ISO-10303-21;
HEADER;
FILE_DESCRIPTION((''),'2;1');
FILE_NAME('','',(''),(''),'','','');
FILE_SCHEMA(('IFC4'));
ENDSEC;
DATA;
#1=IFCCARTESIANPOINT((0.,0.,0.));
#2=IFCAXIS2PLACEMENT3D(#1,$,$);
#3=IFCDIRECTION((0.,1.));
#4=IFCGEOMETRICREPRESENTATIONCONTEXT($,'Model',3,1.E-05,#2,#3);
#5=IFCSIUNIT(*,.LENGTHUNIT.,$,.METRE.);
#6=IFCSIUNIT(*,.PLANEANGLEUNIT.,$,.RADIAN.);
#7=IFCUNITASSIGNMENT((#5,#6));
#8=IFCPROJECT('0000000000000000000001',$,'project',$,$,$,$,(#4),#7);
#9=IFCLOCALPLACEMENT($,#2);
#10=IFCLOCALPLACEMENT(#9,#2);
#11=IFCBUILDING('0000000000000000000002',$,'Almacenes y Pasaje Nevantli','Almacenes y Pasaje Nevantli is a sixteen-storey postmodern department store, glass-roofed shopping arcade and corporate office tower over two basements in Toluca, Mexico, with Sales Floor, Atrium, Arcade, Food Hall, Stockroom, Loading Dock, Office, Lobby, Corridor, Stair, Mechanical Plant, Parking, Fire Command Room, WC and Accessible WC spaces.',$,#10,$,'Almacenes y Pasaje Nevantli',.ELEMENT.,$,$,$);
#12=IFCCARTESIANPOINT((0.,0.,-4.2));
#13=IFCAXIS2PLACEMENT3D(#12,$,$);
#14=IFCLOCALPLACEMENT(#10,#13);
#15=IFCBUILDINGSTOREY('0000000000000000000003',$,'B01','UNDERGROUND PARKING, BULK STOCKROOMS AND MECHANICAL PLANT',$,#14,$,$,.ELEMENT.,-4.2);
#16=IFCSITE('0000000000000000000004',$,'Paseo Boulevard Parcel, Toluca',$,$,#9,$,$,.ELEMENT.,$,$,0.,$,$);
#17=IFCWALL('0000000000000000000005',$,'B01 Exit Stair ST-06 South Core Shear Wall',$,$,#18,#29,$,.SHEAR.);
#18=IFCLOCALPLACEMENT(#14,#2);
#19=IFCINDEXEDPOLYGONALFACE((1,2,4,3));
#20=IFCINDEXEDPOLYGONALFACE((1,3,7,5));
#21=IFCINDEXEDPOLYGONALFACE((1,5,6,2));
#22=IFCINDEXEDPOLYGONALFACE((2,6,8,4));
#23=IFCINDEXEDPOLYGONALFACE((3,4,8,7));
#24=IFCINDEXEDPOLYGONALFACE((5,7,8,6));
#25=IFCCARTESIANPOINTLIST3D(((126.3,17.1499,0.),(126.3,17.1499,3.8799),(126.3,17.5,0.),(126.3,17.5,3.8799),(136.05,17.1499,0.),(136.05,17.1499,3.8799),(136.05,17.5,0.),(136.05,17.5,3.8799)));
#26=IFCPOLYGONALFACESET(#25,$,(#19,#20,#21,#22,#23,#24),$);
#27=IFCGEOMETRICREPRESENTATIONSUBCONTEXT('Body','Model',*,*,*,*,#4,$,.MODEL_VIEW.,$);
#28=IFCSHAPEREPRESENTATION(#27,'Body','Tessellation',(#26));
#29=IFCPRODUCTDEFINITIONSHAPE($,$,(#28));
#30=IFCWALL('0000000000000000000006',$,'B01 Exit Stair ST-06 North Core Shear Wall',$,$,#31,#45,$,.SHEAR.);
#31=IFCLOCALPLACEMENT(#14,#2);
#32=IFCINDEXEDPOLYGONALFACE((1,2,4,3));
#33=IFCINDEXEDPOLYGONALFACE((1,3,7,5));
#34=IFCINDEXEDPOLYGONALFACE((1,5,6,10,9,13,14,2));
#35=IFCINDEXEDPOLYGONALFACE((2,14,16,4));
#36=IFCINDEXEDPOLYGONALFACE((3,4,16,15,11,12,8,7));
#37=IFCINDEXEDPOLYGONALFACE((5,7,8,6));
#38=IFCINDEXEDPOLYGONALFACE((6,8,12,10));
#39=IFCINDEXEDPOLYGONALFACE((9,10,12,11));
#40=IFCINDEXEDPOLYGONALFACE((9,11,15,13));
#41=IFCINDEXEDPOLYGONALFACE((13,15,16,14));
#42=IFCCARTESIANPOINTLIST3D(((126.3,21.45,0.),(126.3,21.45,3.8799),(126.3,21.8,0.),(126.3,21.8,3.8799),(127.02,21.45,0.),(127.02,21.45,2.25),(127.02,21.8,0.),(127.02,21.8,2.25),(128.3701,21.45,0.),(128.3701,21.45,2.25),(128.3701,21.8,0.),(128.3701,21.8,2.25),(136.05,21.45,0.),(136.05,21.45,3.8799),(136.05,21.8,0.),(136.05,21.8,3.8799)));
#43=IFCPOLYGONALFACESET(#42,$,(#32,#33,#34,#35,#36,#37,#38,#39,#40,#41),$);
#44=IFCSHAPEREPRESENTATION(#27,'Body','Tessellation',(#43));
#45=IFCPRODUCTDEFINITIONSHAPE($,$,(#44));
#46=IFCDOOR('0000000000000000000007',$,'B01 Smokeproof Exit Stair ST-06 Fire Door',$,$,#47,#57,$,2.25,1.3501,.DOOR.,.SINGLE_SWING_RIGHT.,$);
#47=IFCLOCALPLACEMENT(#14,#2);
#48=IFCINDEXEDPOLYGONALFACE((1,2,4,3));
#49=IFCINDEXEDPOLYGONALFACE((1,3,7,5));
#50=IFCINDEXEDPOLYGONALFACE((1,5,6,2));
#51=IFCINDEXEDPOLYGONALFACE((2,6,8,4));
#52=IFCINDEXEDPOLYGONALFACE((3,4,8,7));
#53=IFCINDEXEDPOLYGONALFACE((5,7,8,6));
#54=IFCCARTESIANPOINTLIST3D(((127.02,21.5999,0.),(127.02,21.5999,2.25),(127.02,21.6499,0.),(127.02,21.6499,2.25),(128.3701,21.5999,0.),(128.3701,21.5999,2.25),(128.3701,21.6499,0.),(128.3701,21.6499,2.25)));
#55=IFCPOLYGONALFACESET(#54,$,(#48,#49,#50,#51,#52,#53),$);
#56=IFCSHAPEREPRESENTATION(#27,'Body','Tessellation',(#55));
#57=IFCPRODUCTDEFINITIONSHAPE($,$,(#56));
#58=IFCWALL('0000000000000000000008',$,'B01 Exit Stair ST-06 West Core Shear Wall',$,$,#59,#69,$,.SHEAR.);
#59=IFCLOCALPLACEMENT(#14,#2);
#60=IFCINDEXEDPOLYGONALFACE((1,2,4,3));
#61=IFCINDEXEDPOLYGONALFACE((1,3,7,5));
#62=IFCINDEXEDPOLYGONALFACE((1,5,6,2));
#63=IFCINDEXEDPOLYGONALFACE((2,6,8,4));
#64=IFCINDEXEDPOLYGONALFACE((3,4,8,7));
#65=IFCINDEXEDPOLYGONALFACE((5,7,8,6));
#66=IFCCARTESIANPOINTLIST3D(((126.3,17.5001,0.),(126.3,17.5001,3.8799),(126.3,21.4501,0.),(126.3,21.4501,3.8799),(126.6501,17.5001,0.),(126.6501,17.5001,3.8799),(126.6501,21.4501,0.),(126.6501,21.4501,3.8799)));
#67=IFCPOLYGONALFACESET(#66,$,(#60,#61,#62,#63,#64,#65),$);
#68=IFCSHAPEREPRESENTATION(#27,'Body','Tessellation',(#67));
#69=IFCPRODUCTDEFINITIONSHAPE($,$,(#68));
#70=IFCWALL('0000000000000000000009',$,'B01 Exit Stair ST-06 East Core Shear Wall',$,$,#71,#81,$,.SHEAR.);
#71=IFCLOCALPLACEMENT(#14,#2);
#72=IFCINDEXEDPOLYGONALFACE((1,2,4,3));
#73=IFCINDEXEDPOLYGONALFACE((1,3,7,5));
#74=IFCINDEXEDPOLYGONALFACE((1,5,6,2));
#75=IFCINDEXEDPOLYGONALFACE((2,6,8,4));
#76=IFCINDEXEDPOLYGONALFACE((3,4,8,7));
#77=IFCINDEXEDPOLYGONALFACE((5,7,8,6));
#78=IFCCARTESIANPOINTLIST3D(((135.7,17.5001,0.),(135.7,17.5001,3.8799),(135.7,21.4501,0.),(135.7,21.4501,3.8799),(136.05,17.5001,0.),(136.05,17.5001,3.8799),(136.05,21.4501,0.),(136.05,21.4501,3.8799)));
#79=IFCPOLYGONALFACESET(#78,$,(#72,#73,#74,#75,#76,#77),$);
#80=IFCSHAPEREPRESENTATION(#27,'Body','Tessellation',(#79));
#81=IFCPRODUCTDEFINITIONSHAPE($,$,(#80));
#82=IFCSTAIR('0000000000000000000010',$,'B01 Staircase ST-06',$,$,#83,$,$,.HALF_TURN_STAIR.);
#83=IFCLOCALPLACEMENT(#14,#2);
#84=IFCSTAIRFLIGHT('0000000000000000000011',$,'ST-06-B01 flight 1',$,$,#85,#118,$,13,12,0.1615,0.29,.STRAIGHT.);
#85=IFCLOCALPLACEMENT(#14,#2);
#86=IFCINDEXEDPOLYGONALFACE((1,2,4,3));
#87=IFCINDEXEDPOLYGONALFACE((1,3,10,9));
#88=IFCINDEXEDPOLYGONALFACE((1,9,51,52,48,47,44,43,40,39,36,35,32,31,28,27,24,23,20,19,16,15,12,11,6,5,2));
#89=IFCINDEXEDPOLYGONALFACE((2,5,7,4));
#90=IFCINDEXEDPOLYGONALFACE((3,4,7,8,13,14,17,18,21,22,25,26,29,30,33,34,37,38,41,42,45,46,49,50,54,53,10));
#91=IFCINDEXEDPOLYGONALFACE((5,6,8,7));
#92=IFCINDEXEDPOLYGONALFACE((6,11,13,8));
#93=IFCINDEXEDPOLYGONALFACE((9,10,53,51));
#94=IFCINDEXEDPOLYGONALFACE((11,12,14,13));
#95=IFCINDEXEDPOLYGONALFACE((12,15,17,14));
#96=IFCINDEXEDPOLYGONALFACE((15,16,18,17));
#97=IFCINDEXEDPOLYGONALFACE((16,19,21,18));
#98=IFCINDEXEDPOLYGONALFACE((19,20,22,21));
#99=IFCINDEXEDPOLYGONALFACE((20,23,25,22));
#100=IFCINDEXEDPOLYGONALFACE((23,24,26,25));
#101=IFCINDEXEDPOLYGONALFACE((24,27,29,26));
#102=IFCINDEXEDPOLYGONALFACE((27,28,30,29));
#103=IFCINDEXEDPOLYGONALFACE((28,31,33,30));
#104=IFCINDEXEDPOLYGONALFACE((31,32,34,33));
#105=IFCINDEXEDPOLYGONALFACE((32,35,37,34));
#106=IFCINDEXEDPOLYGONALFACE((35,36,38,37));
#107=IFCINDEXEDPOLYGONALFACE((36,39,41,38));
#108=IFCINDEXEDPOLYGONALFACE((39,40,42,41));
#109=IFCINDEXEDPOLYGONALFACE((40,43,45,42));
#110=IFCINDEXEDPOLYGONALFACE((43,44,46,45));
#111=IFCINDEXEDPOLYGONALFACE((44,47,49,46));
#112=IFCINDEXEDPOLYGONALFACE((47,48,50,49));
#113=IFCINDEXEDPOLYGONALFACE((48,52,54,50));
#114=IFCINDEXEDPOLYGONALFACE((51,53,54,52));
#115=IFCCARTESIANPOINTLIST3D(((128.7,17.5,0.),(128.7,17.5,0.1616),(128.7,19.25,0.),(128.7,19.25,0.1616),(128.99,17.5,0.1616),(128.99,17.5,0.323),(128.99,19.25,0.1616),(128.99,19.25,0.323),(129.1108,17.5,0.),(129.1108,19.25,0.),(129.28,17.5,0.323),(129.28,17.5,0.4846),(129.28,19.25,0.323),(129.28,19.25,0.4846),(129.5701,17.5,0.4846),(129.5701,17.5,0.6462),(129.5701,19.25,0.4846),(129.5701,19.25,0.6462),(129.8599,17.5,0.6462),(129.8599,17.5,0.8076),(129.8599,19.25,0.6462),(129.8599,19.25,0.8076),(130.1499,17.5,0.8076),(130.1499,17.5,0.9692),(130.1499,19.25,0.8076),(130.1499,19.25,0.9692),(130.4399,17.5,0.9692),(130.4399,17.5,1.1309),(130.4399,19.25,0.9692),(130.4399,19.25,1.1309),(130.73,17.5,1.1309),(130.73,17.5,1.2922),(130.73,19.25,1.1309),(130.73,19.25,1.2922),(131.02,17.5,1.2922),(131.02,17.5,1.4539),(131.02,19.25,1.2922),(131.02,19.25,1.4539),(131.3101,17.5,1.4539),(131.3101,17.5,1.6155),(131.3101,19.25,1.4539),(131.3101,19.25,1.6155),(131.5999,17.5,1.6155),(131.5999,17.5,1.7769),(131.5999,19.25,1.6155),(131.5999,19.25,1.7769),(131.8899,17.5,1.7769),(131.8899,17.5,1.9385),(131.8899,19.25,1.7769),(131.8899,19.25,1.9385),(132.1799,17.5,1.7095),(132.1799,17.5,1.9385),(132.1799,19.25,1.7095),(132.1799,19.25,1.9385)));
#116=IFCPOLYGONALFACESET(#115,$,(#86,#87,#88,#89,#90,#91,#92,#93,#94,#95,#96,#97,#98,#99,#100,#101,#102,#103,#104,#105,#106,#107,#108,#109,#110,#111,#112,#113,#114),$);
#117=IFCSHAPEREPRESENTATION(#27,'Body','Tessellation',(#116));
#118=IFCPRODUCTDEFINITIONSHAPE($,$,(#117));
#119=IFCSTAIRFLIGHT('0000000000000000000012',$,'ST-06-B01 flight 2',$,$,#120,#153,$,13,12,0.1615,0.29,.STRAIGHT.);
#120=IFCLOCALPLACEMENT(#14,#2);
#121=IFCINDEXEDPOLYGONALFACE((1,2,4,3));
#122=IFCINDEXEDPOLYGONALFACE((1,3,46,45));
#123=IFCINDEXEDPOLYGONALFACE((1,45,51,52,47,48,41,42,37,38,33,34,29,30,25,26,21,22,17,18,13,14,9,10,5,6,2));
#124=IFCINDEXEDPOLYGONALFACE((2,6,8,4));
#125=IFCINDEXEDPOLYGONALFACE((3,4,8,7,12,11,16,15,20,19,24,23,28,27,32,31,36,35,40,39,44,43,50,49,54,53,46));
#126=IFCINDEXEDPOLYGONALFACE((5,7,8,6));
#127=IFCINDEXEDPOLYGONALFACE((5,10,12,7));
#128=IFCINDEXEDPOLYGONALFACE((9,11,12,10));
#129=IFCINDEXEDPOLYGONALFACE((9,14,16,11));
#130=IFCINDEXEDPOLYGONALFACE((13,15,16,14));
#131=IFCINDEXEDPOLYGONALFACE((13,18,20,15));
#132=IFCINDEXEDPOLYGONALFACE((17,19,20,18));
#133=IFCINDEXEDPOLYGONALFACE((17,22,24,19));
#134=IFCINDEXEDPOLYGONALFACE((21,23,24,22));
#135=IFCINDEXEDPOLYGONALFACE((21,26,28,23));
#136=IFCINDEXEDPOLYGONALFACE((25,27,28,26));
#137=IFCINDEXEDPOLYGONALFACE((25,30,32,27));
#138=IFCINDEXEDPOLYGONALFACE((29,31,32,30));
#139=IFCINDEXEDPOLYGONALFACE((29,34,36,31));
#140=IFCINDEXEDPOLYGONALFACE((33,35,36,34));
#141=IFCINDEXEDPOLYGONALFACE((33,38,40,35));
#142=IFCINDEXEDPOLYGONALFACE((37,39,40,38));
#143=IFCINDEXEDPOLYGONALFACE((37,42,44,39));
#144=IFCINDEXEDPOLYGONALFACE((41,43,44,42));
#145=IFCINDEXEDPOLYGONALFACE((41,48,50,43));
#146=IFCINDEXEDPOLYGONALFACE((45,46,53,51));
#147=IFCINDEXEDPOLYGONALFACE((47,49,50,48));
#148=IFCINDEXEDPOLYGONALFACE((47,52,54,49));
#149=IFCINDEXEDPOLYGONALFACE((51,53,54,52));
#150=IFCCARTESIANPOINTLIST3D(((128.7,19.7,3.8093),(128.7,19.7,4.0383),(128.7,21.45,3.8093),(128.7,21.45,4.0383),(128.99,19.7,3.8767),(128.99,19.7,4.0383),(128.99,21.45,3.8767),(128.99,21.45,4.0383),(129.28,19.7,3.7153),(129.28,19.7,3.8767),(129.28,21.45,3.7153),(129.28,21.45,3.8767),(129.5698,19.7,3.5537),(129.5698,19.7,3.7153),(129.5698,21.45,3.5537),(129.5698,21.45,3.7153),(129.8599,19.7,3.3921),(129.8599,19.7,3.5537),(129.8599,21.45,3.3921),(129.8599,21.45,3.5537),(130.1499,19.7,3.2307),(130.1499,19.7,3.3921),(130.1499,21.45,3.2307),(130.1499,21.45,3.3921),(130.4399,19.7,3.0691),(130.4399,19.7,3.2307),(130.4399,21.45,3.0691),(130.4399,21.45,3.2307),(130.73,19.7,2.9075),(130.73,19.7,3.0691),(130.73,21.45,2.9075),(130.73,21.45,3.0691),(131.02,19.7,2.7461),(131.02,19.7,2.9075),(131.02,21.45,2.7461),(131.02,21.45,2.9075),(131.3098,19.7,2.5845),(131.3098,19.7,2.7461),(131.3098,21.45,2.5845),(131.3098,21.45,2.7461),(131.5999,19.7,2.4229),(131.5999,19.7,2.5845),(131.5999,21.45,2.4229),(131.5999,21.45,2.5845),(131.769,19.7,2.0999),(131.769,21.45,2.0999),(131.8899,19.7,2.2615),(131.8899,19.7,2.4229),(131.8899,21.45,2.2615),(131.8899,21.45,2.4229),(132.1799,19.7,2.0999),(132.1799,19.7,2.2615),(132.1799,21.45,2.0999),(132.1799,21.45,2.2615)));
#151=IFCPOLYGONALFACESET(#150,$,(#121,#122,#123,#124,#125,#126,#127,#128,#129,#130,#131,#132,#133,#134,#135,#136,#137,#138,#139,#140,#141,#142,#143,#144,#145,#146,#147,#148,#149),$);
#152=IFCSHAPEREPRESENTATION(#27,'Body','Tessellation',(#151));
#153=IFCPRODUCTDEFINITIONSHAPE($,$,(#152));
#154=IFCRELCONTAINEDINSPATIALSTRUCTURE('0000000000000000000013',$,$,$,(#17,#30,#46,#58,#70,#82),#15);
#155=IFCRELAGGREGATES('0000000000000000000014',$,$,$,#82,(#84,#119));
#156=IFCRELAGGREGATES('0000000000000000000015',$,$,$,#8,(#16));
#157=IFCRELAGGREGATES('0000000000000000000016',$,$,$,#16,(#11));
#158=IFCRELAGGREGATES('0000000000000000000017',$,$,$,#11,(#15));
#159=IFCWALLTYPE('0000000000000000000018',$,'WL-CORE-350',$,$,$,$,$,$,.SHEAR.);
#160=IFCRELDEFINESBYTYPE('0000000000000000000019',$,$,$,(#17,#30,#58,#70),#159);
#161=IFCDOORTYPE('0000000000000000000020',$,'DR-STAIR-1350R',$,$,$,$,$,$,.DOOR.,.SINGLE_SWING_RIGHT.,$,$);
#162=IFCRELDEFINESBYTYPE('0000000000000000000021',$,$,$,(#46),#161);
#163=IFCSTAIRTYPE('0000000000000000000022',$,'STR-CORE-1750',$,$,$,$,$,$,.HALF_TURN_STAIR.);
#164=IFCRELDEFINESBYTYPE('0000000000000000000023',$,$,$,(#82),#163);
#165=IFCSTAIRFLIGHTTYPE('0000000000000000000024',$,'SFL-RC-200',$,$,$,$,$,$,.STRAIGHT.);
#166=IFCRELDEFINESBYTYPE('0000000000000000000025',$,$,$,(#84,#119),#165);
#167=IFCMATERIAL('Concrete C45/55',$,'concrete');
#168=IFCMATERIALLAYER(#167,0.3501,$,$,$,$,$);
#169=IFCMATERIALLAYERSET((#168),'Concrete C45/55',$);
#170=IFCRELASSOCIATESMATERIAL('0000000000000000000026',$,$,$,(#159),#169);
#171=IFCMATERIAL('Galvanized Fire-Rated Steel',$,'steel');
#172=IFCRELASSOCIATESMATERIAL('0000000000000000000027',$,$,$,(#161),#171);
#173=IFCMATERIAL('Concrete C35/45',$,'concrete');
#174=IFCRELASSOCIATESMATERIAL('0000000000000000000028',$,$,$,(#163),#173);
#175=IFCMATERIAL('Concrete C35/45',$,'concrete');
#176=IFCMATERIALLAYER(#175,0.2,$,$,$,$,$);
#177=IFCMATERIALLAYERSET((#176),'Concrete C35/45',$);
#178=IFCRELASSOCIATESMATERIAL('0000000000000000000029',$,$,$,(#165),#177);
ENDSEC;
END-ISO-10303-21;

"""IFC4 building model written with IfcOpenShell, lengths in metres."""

from ifc_helpers import new_model, si_unit, direction, frame, frame_2d, origin, place, context, subcontext, project, spatial, polyline, rectangle, outline, extrude, material, layer, layer_set, type_object, element, fill, aggregate, save


model = new_model("IFC4")

# Units and contexts
model_context = context("Model", 3, precision=1e-05, world=origin(), true_north=direction((0.0, 1.0)))
body_context = subcontext(model_context, "Body", "Model", "MODEL_VIEW")
ifc_project = project(units=[si_unit("LENGTHUNIT", "METRE"), si_unit("PLANEANGLEUNIT", "RADIAN")], contexts=[model_context])

# Site, building, storey
site_placement = place(None, origin())
site = spatial("IfcSite", under=ifc_project, at=site_placement, Name="Paseo Boulevard Parcel, Toluca", CompositionType="ELEMENT", RefElevation=0.0)
building_placement = place(site_placement, origin())
building = spatial("IfcBuilding", under=site, at=building_placement, Name="Almacenes y Pasaje Nevantli", Description="Almacenes y Pasaje Nevantli is a sixteen-storey postmodern department store, glass-roofed shopping arcade and corporate office tower over two basements in Toluca, Mexico, with Sales Floor, Atrium, Arcade, Food Hall, Stockroom, Loading Dock, Office, Lobby, Corridor, Stair, Mechanical Plant, Parking, Fire Command Room, WC and Accessible WC spaces.", LongName="Almacenes y Pasaje Nevantli", CompositionType="ELEMENT")
storey_placement = place(building_placement, frame((0.0, 0.0, -4.2)))
storey = spatial("IfcBuildingStorey", under=building, at=storey_placement, Name="B01", Description="UNDERGROUND PARKING, BULK STOCKROOMS AND MECHANICAL PLANT", CompositionType="ELEMENT", Elevation=-4.2)

# Wall
ifc_material_1 = material(Name="Concrete C45/55", Category="concrete")
ifc_layer_1 = layer(ifc_material_1, 0.3501)
ifc_layer_set_1 = layer_set([ifc_layer_1], Name="Concrete C45/55")
wall_type = type_object("IfcWallType", Name="WL-CORE-350", PredefinedType="SHEAR", material=ifc_layer_set_1)
wall_1_placement = place(storey_placement, frame((126.3, 17.325, 0.0), z_axis=(0.0, 0.0, 1.0), x_axis=(1.0, 0.0, 0.0)))
element("IfcWall", 1, at=wall_1_placement, inside=storey, type_object=wall_type, Name="B01 Exit Stair ST-06 South Core Shear Wall", PredefinedType="SHEAR", context=body_context, shape_type="SweptSolid", body=[
    extrude(rectangle(XDim=9.75, YDim=0.3501, at=frame_2d((4.875, 0.0))), origin(), (0.0, 0.0, 1.0), 3.8799),
])

# Wall, opening, door
wall_2_placement = place(storey_placement, frame((126.3, 21.625, 0.0), z_axis=(0.0, 0.0, 1.0), x_axis=(1.0, 0.0, 0.0)))
wall_2 = element("IfcWall", 2, at=wall_2_placement, inside=storey, type_object=wall_type, Name="B01 Exit Stair ST-06 North Core Shear Wall", PredefinedType="SHEAR", context=body_context, shape_type="SweptSolid", body=[
    extrude(rectangle(XDim=9.75, YDim=0.3501, at=frame_2d((4.875, 0.0))), origin(), (0.0, 0.0, 1.0), 3.8799),
])
opening_placement = place(wall_2_placement, frame((0.72, 0.0, 0.0)))
opening = element("IfcOpeningElement", 3, at=opening_placement, cuts=wall_2, PredefinedType="OPENING", context=body_context, shape_type="SweptSolid", body=[
    extrude(rectangle(XDim=1.3501, YDim=2.25, at=frame_2d((0.675, 1.125))), frame((0.0, 0.1851, 0.0), z_axis=(0.0, -1.0, 0.0), x_axis=(1.0, 0.0, 0.0)), (0.0, 0.0, 1.0), 0.3701),
])
ifc_material_2 = material(Name="Galvanized Fire-Rated Steel", Category="steel")
door_type = type_object("IfcDoorType", Name="DR-STAIR-1350R", OperationType="SINGLE_SWING_RIGHT", PredefinedType="DOOR", material=ifc_material_2)
door_placement = place(opening_placement, origin())
door = element("IfcDoor", 4, at=door_placement, inside=storey, type_object=door_type, Name="B01 Smokeproof Exit Stair ST-06 Fire Door", OperationType="SINGLE_SWING_RIGHT", OverallHeight=2.25, OverallWidth=1.3501, PredefinedType="DOOR", context=body_context, shape_type="SweptSolid", body=[
    extrude(rectangle(XDim=1.3501, YDim=2.25, at=frame_2d((0.675, 1.125))), frame((0.0, 0.0249, 0.0), z_axis=(0.0, -1.0, 0.0), x_axis=(1.0, 0.0, 0.0)), (0.0, 0.0, 1.0), 0.05),
])
fill(opening, door)

# Walls
for number, where, z_axis, x_axis, name in (
    (5, (126.4751, 17.5, 0.0), (0.0, 0.0, 1.0), (0.0, 1.0, 0.0), "B01 Exit Stair ST-06 West Core Shear Wall"),
    (6, (135.875, 17.5, 0.0), (0.0, 0.0, 1.0), (0.0, 1.0, 0.0), "B01 Exit Stair ST-06 East Core Shear Wall"),
):
    element("IfcWall", number, at=place(storey_placement, frame(where, z_axis=z_axis, x_axis=x_axis)), inside=storey, type_object=wall_type, Name=name, PredefinedType="SHEAR", context=body_context, shape_type="SweptSolid", body=[
        extrude(rectangle(XDim=3.95, YDim=0.3501, at=frame_2d((1.9751, 0.0))), origin(), (0.0, 0.0, 1.0), 3.8799),
    ])

# Stair, stair flights
ifc_material_3 = material(Name="Concrete C35/45", Category="concrete")
stair_type = type_object("IfcStairType", Name="STR-CORE-1750", PredefinedType="HALF_TURN_STAIR", material=ifc_material_3)
stair_placement = place(storey_placement, origin())
stair = element("IfcStair", 7, at=stair_placement, inside=storey, type_object=stair_type, Name="B01 Staircase ST-06", PredefinedType="HALF_TURN_STAIR")
ifc_material_4 = material(Name="Concrete C35/45", Category="concrete")
ifc_layer_2 = layer(ifc_material_4, 0.2)
ifc_layer_set_2 = layer_set([ifc_layer_2], Name="Concrete C35/45")
stair_flight_type = type_object("IfcStairFlightType", Name="SFL-RC-200", PredefinedType="STRAIGHT", material=ifc_layer_set_2)
stair_flight_1_placement = place(storey_placement, frame((128.7, 18.375, 0.0), z_axis=(0.0, 0.0, 1.0), x_axis=(1.0, 0.0, 0.0)))
stair_flight_1 = element("IfcStairFlight", 8, at=stair_flight_1_placement, type_object=stair_flight_type, Name="ST-06-B01 flight 1", NumberOfRisers=13, NumberOfTreads=12, PredefinedType="STRAIGHT", RiserHeight=0.1615, TreadLength=0.29, context=body_context, shape_type="SweptSolid", body=[
    extrude(outline(polyline([(0.0, 0.0), (0.0, 0.1616), (0.29, 0.1616), (0.29, 0.323), (0.5801, 0.323), (0.5801, 0.4846), (0.8701, 0.4846), (0.8701, 0.6462), (1.1599, 0.6462), (1.1599, 0.8076), (1.45, 0.8076), (1.45, 0.9692), (1.74, 0.9692), (1.74, 1.1309), (2.03, 1.1309), (2.03, 1.2922), (2.3201, 1.2922), (2.3201, 1.4539), (2.6101, 1.4539), (2.6101, 1.6155), (2.8999, 1.6155), (2.8999, 1.7769), (3.1899, 1.7769), (3.1899, 1.9385), (3.48, 1.9385), (3.48, 2.1001), (3.48, 1.7095), (0.4109, 0.0), (0.0, 0.0)])), frame((0.0, 0.875, 0.0), z_axis=(0.0, -1.0, 0.0), x_axis=(1.0, 0.0, 0.0)), (0.0, 0.0, 1.0), 1.75),
])
stair_flight_2_placement = place(storey_placement, frame((132.1799, 20.575, 2.0999), z_axis=(0.0, 0.0, 1.0), x_axis=(-1.0, 0.0, 0.0)))
stair_flight_2 = element("IfcStairFlight", 9, at=stair_flight_2_placement, type_object=stair_flight_type, Name="ST-06-B01 flight 2", NumberOfRisers=13, NumberOfTreads=12, PredefinedType="STRAIGHT", RiserHeight=0.1615, TreadLength=0.29, context=body_context, shape_type="SweptSolid", body=[
    extrude(outline(polyline([(0.0, 0.0), (0.0, 0.1616), (0.29, 0.1616), (0.29, 0.323), (0.5801, 0.323), (0.5801, 0.4846), (0.8701, 0.4846), (0.8701, 0.6462), (1.1599, 0.6462), (1.1599, 0.8076), (1.45, 0.8076), (1.45, 0.9692), (1.74, 0.9692), (1.74, 1.1309), (2.03, 1.1309), (2.03, 1.2922), (2.3201, 1.2922), (2.3201, 1.4539), (2.6101, 1.4539), (2.6101, 1.6155), (2.8999, 1.6155), (2.8999, 1.7769), (3.1899, 1.7769), (3.1899, 1.9385), (3.48, 1.9385), (3.48, 2.1001), (3.48, 1.7095), (0.4109, 0.0), (0.0, 0.0)])), frame((0.0, 0.875, 0.0), z_axis=(0.0, -1.0, 0.0), x_axis=(1.0, 0.0, 0.0)), (0.0, 0.0, 1.0), 1.75),
])
aggregate(stair, [stair_flight_1, stair_flight_2])

save(model, "model.ifc")
